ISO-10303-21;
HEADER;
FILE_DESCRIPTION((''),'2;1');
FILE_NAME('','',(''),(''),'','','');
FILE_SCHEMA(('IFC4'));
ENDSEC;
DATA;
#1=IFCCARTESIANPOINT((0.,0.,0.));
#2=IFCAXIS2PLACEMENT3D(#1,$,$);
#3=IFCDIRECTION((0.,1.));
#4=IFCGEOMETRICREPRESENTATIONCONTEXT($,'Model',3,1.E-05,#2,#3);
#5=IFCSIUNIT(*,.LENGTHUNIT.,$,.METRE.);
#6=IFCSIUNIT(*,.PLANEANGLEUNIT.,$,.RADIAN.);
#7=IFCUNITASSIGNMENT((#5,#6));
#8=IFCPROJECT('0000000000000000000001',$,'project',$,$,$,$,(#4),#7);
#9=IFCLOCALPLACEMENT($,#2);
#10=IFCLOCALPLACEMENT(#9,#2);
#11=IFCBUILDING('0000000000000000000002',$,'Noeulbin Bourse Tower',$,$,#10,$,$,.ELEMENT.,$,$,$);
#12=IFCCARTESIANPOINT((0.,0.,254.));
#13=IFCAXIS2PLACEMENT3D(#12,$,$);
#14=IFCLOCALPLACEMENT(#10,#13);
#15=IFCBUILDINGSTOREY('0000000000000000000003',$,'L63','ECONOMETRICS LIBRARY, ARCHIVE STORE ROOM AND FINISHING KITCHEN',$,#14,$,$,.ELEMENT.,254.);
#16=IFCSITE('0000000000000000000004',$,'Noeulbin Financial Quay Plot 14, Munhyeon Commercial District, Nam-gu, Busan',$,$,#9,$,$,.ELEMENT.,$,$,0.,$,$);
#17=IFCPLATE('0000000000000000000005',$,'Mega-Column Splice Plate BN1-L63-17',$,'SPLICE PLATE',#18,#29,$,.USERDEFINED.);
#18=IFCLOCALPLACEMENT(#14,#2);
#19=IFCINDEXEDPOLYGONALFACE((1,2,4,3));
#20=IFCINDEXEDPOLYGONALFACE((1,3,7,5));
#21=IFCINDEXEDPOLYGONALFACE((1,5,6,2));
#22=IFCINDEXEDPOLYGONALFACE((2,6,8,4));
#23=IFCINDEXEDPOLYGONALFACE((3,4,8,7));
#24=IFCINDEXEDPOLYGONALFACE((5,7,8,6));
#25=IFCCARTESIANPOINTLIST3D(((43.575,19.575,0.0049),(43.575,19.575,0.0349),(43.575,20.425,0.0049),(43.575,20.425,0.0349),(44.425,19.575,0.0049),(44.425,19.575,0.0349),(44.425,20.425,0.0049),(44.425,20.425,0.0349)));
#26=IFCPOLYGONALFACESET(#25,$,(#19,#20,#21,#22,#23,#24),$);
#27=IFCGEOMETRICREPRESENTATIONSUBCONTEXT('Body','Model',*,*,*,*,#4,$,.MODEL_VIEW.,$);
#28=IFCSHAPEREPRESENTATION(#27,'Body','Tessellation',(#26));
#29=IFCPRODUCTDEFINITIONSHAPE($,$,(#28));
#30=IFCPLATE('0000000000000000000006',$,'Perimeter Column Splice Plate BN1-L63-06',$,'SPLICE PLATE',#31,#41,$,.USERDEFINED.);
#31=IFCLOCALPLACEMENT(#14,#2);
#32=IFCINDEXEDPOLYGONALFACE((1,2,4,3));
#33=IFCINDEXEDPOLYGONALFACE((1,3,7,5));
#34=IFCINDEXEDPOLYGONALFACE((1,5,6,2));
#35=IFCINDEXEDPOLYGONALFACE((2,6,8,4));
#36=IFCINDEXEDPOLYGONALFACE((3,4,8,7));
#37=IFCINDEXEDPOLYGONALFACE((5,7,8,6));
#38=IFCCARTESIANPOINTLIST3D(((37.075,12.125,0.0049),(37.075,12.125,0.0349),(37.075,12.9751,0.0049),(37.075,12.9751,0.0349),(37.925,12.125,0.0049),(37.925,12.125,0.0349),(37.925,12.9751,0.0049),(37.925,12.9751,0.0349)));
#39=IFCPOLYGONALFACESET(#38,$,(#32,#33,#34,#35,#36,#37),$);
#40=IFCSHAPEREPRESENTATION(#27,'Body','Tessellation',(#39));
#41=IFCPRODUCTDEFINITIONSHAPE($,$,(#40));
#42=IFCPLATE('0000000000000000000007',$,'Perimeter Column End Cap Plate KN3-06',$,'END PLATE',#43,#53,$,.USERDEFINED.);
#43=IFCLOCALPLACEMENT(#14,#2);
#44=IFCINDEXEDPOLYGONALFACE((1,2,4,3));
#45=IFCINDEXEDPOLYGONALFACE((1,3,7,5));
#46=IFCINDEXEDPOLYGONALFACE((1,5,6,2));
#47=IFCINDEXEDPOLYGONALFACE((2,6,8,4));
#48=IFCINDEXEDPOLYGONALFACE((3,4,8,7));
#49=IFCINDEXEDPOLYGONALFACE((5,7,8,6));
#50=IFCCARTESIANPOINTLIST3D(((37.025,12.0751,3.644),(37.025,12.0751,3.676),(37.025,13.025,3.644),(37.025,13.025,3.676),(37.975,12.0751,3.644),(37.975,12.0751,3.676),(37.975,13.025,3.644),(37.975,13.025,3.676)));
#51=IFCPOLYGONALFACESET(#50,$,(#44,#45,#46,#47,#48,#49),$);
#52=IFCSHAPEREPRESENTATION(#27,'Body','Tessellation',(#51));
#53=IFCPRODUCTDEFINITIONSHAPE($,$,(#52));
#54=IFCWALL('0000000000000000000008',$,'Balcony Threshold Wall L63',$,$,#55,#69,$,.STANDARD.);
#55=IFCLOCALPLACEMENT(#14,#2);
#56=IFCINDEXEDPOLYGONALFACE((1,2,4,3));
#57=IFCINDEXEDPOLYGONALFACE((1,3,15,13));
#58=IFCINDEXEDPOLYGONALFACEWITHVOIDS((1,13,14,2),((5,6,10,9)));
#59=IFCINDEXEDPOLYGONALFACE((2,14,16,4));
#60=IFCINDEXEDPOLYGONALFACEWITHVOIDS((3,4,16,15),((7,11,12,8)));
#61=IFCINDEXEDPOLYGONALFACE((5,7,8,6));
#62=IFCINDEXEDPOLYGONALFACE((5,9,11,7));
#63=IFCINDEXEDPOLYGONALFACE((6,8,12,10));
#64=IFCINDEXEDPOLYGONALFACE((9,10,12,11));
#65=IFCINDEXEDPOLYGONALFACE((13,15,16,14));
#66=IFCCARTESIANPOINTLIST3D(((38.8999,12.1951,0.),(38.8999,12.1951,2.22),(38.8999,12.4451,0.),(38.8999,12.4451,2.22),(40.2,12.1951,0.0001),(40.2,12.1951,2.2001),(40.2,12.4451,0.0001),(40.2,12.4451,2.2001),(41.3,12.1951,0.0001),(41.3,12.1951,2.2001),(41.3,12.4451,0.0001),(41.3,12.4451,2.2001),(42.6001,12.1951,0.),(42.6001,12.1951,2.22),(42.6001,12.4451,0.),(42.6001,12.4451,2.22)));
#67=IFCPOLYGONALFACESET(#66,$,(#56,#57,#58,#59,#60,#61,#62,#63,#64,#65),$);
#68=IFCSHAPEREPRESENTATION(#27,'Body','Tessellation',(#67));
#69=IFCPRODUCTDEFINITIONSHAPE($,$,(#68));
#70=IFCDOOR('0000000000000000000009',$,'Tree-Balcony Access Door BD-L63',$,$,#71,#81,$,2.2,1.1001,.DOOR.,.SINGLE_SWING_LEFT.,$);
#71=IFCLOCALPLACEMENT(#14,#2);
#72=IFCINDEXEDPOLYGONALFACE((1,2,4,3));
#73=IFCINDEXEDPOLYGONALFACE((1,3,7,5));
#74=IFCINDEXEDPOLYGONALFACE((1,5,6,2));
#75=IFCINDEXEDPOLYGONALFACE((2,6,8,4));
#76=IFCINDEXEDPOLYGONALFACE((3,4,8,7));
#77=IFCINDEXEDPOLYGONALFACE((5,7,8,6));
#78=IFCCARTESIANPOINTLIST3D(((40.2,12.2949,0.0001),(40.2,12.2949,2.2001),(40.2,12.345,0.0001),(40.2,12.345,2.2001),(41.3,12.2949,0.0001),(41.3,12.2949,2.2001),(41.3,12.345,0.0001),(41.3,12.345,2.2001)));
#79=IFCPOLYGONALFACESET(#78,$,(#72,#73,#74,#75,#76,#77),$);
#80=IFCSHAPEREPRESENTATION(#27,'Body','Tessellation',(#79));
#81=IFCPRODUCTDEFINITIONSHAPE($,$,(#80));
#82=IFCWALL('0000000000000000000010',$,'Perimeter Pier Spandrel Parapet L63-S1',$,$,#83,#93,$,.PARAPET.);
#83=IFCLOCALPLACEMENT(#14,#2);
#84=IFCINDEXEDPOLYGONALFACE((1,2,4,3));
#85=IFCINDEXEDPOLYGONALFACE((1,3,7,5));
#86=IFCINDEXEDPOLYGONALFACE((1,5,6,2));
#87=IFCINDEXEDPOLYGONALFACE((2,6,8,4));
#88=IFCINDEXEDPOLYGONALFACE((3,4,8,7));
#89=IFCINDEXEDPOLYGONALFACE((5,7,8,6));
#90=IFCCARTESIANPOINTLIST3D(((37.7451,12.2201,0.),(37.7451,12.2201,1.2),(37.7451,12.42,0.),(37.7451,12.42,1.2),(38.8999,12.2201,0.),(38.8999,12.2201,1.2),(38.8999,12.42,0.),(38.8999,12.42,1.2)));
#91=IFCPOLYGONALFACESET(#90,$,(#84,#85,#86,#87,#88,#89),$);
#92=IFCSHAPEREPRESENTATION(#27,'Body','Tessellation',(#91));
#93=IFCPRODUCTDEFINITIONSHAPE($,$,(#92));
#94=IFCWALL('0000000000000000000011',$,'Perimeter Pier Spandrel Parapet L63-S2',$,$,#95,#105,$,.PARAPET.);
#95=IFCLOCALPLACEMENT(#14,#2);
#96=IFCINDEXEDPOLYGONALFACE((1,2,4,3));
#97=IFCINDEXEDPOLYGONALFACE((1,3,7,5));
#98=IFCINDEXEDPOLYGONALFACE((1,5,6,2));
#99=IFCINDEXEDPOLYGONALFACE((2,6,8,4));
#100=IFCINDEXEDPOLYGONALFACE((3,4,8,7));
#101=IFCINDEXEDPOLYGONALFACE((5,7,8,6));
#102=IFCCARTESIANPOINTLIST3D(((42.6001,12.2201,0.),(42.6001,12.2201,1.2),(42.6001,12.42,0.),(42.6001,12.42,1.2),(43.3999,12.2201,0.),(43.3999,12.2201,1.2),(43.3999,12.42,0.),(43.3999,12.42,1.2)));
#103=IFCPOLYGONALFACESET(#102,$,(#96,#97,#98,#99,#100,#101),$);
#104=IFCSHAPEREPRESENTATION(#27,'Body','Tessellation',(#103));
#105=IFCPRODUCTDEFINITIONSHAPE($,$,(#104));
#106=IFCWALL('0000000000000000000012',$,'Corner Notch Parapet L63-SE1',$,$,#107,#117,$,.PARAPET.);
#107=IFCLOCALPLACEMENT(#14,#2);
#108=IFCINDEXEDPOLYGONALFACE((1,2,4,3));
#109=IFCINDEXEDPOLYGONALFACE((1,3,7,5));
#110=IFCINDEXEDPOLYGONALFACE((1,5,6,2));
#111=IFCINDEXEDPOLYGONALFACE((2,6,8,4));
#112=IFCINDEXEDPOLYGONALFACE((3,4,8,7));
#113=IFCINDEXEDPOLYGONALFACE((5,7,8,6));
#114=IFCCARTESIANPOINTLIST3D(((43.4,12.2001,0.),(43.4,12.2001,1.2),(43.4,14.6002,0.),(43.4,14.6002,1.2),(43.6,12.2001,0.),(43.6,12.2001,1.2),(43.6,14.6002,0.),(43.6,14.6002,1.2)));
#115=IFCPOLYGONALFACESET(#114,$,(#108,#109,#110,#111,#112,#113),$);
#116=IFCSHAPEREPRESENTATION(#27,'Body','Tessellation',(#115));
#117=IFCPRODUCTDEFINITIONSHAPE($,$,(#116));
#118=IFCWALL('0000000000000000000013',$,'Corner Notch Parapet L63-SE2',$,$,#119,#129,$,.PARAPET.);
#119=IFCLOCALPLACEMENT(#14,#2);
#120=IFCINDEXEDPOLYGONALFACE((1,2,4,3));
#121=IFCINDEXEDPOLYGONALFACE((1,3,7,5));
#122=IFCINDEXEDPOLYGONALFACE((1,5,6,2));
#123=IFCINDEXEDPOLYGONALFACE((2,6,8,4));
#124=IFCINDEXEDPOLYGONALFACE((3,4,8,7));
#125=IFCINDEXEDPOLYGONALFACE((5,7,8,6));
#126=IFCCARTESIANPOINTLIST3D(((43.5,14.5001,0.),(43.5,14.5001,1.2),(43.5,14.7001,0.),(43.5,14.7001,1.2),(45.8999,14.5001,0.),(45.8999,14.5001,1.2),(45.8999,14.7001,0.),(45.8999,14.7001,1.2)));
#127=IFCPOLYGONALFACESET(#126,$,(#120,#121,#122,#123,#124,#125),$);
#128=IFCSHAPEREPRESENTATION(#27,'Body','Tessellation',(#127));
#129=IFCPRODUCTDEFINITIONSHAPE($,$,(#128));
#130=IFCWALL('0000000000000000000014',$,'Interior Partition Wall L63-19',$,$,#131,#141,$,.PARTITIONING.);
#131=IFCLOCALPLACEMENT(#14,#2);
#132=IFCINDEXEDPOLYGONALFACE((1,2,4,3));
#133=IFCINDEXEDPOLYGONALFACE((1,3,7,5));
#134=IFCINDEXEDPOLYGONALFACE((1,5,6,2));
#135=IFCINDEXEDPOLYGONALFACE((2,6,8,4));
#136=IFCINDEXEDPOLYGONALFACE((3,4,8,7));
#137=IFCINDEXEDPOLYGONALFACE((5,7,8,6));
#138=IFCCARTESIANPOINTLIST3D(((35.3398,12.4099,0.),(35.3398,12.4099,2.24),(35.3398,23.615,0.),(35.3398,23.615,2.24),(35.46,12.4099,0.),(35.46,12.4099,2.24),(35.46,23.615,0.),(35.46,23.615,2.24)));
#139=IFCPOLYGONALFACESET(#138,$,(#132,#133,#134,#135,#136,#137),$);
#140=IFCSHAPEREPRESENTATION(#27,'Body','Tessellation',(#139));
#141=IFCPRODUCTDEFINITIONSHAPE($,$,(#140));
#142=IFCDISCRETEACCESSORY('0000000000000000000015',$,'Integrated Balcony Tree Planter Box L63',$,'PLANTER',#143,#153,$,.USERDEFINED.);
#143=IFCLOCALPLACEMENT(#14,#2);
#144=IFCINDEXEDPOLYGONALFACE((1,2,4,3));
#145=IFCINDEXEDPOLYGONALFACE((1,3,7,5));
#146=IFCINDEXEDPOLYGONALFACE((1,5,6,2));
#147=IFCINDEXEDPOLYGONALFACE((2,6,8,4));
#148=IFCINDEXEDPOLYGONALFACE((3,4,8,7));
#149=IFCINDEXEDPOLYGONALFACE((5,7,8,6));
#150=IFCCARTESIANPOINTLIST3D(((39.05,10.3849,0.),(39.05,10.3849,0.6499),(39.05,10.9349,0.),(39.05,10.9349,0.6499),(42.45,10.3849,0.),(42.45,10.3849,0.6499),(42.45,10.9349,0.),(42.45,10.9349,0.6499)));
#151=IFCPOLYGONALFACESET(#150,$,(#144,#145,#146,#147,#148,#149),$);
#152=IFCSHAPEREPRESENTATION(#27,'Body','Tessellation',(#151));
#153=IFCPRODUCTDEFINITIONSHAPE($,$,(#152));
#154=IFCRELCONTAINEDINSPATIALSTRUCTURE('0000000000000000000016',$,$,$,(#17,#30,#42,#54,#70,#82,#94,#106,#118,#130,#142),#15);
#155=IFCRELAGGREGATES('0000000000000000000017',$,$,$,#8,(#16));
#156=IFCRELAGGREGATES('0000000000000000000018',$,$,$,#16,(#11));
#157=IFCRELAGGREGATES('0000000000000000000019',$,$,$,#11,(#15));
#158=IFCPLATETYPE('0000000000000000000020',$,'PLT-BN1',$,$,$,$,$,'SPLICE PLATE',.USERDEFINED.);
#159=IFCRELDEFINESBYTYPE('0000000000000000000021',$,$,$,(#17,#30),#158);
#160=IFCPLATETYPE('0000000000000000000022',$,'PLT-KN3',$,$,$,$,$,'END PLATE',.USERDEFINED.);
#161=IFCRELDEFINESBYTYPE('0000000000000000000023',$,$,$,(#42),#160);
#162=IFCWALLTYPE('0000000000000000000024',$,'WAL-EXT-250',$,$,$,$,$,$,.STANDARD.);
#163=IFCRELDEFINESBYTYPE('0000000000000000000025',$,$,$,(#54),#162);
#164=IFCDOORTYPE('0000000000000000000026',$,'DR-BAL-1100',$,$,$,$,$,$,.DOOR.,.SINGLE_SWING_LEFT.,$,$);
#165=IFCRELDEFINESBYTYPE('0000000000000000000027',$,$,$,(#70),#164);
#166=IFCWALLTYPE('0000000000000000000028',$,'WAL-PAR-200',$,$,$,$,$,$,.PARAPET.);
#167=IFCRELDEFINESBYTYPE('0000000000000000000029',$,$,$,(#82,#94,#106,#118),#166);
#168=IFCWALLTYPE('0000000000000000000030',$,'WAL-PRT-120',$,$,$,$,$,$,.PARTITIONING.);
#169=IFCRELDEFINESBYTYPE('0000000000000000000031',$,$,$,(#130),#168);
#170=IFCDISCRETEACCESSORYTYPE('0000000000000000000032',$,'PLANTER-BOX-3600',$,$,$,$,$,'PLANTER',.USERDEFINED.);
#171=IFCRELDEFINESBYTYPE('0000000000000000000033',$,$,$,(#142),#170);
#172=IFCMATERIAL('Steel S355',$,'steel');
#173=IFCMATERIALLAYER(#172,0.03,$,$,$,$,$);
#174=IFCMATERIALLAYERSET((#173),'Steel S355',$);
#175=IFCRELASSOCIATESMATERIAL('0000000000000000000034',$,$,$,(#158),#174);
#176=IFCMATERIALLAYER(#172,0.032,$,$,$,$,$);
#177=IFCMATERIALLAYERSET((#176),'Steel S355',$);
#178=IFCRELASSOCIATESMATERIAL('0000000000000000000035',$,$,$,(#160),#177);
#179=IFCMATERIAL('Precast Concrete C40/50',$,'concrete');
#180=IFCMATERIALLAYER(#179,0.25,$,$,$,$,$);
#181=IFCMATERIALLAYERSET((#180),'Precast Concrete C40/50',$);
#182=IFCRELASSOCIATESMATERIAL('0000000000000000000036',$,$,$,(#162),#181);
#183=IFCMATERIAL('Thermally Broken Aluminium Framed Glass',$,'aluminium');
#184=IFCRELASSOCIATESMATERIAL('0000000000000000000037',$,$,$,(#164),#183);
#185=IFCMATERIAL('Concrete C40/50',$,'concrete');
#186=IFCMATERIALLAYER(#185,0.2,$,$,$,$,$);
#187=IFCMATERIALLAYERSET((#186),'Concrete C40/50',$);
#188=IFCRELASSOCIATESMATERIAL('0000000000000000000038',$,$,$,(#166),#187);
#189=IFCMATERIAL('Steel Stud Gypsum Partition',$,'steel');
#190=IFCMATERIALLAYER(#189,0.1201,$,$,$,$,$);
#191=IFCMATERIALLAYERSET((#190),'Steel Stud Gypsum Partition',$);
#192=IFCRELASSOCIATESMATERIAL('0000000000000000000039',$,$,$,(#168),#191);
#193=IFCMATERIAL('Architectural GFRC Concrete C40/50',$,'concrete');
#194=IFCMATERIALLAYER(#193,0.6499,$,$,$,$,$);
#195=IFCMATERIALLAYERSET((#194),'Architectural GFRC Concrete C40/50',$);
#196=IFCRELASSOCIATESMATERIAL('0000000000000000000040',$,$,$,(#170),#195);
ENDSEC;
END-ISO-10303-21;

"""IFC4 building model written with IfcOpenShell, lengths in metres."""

from ifc_helpers import new_model, si_unit, direction, frame, frame_2d, origin, origin_2d, place, context, subcontext, project, spatial, rectangle, extrude, material, layer, layer_set, type_object, element, fill, save


model = new_model("IFC4")

# Units and contexts
model_context = context("Model", 3, precision=1e-05, world=origin(), true_north=direction((0.0, 1.0)))
body_context = subcontext(model_context, "Body", "Model", "MODEL_VIEW")
ifc_project = project(units=[si_unit("LENGTHUNIT", "METRE"), si_unit("PLANEANGLEUNIT", "RADIAN")], contexts=[model_context])

# Site, building, storey
site_placement = place(None, origin())
site = spatial("IfcSite", under=ifc_project, at=site_placement, Name="Noeulbin Financial Quay Plot 14, Munhyeon Commercial District, Nam-gu, Busan", CompositionType="ELEMENT", RefElevation=0.0)
building_placement = place(site_placement, origin())
building = spatial("IfcBuilding", under=site, at=building_placement, Name="Noeulbin Bourse Tower", CompositionType="ELEMENT")
storey_placement = place(building_placement, frame((0.0, 0.0, 254.0)))
storey = spatial("IfcBuildingStorey", under=building, at=storey_placement, Name="L63", Description="ECONOMETRICS LIBRARY, ARCHIVE STORE ROOM AND FINISHING KITCHEN", CompositionType="ELEMENT", Elevation=254.0)

# Shared definitions
ifc_material_1 = material(Name="Steel S355", Category="steel")

# Plates
ifc_layer_1 = layer(ifc_material_1, 0.03)
ifc_layer_set_1 = layer_set([ifc_layer_1], Name="Steel S355")
plate_type_1 = type_object("IfcPlateType", Name="PLT-BN1", ElementType="SPLICE PLATE", PredefinedType="USERDEFINED", material=ifc_layer_set_1)
for number, where, z_axis, x_axis, name in (
    (1, (44.0, 20.0, 0.0049), (0.0, 0.0, 1.0), (1.0, 0.0, 0.0), "Mega-Column Splice Plate BN1-L63-17"),
    (2, (37.5, 12.55, 0.0049), (0.0, 0.0, 1.0), (1.0, 0.0, 0.0), "Perimeter Column Splice Plate BN1-L63-06"),
):
    element("IfcPlate", number, at=place(storey_placement, frame(where, z_axis=z_axis, x_axis=x_axis)), inside=storey, type_object=plate_type_1, Name=name, ObjectType="SPLICE PLATE", PredefinedType="USERDEFINED", context=body_context, shape_type="SweptSolid", body=[
        extrude(rectangle(XDim=0.8501, YDim=0.8501, at=origin_2d()), origin(), (0.0, 0.0, 1.0), 0.03),
    ])
ifc_layer_2 = layer(ifc_material_1, 0.032)
ifc_layer_set_2 = layer_set([ifc_layer_2], Name="Steel S355")
plate_type_2 = type_object("IfcPlateType", Name="PLT-KN3", ElementType="END PLATE", PredefinedType="USERDEFINED", material=ifc_layer_set_2)
plate_1_placement = place(storey_placement, frame((37.5, 12.55, 3.644), z_axis=(0.0, 0.0, 1.0), x_axis=(1.0, 0.0, 0.0)))
element("IfcPlate", 3, at=plate_1_placement, inside=storey, type_object=plate_type_2, Name="Perimeter Column End Cap Plate KN3-06", ObjectType="END PLATE", PredefinedType="USERDEFINED", context=body_context, shape_type="SweptSolid", body=[
    extrude(rectangle(XDim=0.95, YDim=0.95, at=origin_2d()), origin(), (0.0, 0.0, 1.0), 0.032),
])

# Wall, opening, door
ifc_material_2 = material(Name="Precast Concrete C40/50", Category="concrete")
ifc_layer_3 = layer(ifc_material_2, 0.25)
ifc_layer_set_3 = layer_set([ifc_layer_3], Name="Precast Concrete C40/50")
wall_type_1 = type_object("IfcWallType", Name="WAL-EXT-250", PredefinedType="STANDARD", material=ifc_layer_set_3)
wall_1_placement = place(storey_placement, frame((38.8999, 12.3201, 0.0), z_axis=(0.0, 0.0, 1.0), x_axis=(1.0, 0.0, 0.0)))
wall_1 = element("IfcWall", 4, at=wall_1_placement, inside=storey, type_object=wall_type_1, Name="Balcony Threshold Wall L63", PredefinedType="STANDARD", context=body_context, shape_type="SweptSolid", body=[
    extrude(rectangle(XDim=3.7002, YDim=0.25, at=frame_2d((1.8501, 0.0))), origin(), (0.0, 0.0, 1.0), 2.22),
])
opening_placement = place(wall_1_placement, frame((1.3, 0.0, 0.0)))
opening = element("IfcOpeningElement", 5, at=opening_placement, cuts=wall_1, PredefinedType="OPENING", context=body_context, shape_type="SweptSolid", body=[
    extrude(rectangle(XDim=1.1001, YDim=2.2, at=frame_2d((0.55, 1.1001))), frame((0.0, 0.135, 0.0), z_axis=(0.0, -1.0, 0.0), x_axis=(1.0, 0.0, 0.0)), (0.0, 0.0, 1.0), 0.27),
])
ifc_material_3 = material(Name="Thermally Broken Aluminium Framed Glass", Category="aluminium")
door_type = type_object("IfcDoorType", Name="DR-BAL-1100", OperationType="SINGLE_SWING_LEFT", PredefinedType="DOOR", material=ifc_material_3)
door_placement = place(opening_placement, origin())
door = element("IfcDoor", 6, at=door_placement, inside=storey, type_object=door_type, Name="Tree-Balcony Access Door BD-L63", OperationType="SINGLE_SWING_LEFT", OverallHeight=2.2, OverallWidth=1.1001, PredefinedType="DOOR", context=body_context, shape_type="SweptSolid", body=[
    extrude(rectangle(XDim=1.1001, YDim=2.2, at=frame_2d((0.55, 1.1001))), frame((0.0, 0.0249, 0.0), z_axis=(0.0, -1.0, 0.0), x_axis=(1.0, 0.0, 0.0)), (0.0, 0.0, 1.0), 0.05),
])
fill(opening, door)

# Walls
ifc_material_4 = material(Name="Concrete C40/50", Category="concrete")
ifc_layer_4 = layer(ifc_material_4, 0.2)
ifc_layer_set_4 = layer_set([ifc_layer_4], Name="Concrete C40/50")
wall_type_2 = type_object("IfcWallType", Name="WAL-PAR-200", PredefinedType="PARAPET", material=ifc_layer_set_4)
wall_2_placement = place(storey_placement, frame((37.7451, 12.3201, 0.0), z_axis=(0.0, 0.0, 1.0), x_axis=(1.0, 0.0, 0.0)))
element("IfcWall", 7, at=wall_2_placement, inside=storey, type_object=wall_type_2, Name="Perimeter Pier Spandrel Parapet L63-S1", PredefinedType="PARAPET", context=body_context, shape_type="SweptSolid", body=[
    extrude(rectangle(XDim=1.1548, YDim=0.2, at=frame_2d((0.5774, 0.0))), origin(), (0.0, 0.0, 1.0), 1.2),
])
wall_3_placement = place(storey_placement, frame((42.6001, 12.3201, 0.0), z_axis=(0.0, 0.0, 1.0), x_axis=(1.0, 0.0, 0.0)))
element("IfcWall", 8, at=wall_3_placement, inside=storey, type_object=wall_type_2, Name="Perimeter Pier Spandrel Parapet L63-S2", PredefinedType="PARAPET", context=body_context, shape_type="SweptSolid", body=[
    extrude(rectangle(XDim=0.7998, YDim=0.2, at=frame_2d((0.3999, 0.0))), origin(), (0.0, 0.0, 1.0), 1.2),
])
wall_4_placement = place(storey_placement, frame((43.5, 12.2, 0.0), z_axis=(0.0, 0.0, 1.0), x_axis=(0.0, 1.0, 0.0)))
element("IfcWall", 9, at=wall_4_placement, inside=storey, type_object=wall_type_2, Name="Corner Notch Parapet L63-SE1", PredefinedType="PARAPET", context=body_context, shape_type="SweptSolid", body=[
    extrude(rectangle(XDim=2.4001, YDim=0.2, at=frame_2d((1.2002, 0.0))), origin(), (0.0, 0.0, 1.0), 1.2),
])
wall_5_placement = place(storey_placement, frame((43.5, 14.6001, 0.0), z_axis=(0.0, 0.0, 1.0), x_axis=(1.0, 0.0, 0.0)))
element("IfcWall", 10, at=wall_5_placement, inside=storey, type_object=wall_type_2, Name="Corner Notch Parapet L63-SE2", PredefinedType="PARAPET", context=body_context, shape_type="SweptSolid", body=[
    extrude(rectangle(XDim=2.3999, YDim=0.2, at=frame_2d((1.2, 0.0))), origin(), (0.0, 0.0, 1.0), 1.2),
])
ifc_material_5 = material(Name="Steel Stud Gypsum Partition", Category="steel")
ifc_layer_5 = layer(ifc_material_5, 0.1201)
ifc_layer_set_5 = layer_set([ifc_layer_5], Name="Steel Stud Gypsum Partition")
wall_type_3 = type_object("IfcWallType", Name="WAL-PRT-120", PredefinedType="PARTITIONING", material=ifc_layer_set_5)
wall_6_placement = place(storey_placement, frame((35.3999, 12.4099, 0.0), z_axis=(0.0, 0.0, 1.0), x_axis=(0.0, 1.0, 0.0)))
element("IfcWall", 11, at=wall_6_placement, inside=storey, type_object=wall_type_3, Name="Interior Partition Wall L63-19", PredefinedType="PARTITIONING", context=body_context, shape_type="SweptSolid", body=[
    extrude(rectangle(XDim=11.2051, YDim=0.1201, at=frame_2d((5.6025, 0.0))), origin(), (0.0, 0.0, 1.0), 2.24),
])

# Discrete accessory
ifc_material_6 = material(Name="Architectural GFRC Concrete C40/50", Category="concrete")
ifc_layer_6 = layer(ifc_material_6, 0.6499)
ifc_layer_set_6 = layer_set([ifc_layer_6], Name="Architectural GFRC Concrete C40/50")
discrete_accessory_type = type_object("IfcDiscreteAccessoryType", Name="PLANTER-BOX-3600", ElementType="PLANTER", PredefinedType="USERDEFINED", material=ifc_layer_set_6)
discrete_accessory_placement = place(storey_placement, frame((40.75, 10.6599, 0.0), z_axis=(0.0, 0.0, 1.0), x_axis=(1.0, 0.0, 0.0)))
element("IfcDiscreteAccessory", 12, at=discrete_accessory_placement, inside=storey, type_object=discrete_accessory_type, Name="Integrated Balcony Tree Planter Box L63", ObjectType="PLANTER", PredefinedType="USERDEFINED", context=body_context, shape_type="SweptSolid", body=[
    extrude(rectangle(XDim=3.3999, YDim=0.55, at=origin_2d()), origin(), (0.0, 0.0, 1.0), 0.6499),
])

save(model, "model.ifc")
